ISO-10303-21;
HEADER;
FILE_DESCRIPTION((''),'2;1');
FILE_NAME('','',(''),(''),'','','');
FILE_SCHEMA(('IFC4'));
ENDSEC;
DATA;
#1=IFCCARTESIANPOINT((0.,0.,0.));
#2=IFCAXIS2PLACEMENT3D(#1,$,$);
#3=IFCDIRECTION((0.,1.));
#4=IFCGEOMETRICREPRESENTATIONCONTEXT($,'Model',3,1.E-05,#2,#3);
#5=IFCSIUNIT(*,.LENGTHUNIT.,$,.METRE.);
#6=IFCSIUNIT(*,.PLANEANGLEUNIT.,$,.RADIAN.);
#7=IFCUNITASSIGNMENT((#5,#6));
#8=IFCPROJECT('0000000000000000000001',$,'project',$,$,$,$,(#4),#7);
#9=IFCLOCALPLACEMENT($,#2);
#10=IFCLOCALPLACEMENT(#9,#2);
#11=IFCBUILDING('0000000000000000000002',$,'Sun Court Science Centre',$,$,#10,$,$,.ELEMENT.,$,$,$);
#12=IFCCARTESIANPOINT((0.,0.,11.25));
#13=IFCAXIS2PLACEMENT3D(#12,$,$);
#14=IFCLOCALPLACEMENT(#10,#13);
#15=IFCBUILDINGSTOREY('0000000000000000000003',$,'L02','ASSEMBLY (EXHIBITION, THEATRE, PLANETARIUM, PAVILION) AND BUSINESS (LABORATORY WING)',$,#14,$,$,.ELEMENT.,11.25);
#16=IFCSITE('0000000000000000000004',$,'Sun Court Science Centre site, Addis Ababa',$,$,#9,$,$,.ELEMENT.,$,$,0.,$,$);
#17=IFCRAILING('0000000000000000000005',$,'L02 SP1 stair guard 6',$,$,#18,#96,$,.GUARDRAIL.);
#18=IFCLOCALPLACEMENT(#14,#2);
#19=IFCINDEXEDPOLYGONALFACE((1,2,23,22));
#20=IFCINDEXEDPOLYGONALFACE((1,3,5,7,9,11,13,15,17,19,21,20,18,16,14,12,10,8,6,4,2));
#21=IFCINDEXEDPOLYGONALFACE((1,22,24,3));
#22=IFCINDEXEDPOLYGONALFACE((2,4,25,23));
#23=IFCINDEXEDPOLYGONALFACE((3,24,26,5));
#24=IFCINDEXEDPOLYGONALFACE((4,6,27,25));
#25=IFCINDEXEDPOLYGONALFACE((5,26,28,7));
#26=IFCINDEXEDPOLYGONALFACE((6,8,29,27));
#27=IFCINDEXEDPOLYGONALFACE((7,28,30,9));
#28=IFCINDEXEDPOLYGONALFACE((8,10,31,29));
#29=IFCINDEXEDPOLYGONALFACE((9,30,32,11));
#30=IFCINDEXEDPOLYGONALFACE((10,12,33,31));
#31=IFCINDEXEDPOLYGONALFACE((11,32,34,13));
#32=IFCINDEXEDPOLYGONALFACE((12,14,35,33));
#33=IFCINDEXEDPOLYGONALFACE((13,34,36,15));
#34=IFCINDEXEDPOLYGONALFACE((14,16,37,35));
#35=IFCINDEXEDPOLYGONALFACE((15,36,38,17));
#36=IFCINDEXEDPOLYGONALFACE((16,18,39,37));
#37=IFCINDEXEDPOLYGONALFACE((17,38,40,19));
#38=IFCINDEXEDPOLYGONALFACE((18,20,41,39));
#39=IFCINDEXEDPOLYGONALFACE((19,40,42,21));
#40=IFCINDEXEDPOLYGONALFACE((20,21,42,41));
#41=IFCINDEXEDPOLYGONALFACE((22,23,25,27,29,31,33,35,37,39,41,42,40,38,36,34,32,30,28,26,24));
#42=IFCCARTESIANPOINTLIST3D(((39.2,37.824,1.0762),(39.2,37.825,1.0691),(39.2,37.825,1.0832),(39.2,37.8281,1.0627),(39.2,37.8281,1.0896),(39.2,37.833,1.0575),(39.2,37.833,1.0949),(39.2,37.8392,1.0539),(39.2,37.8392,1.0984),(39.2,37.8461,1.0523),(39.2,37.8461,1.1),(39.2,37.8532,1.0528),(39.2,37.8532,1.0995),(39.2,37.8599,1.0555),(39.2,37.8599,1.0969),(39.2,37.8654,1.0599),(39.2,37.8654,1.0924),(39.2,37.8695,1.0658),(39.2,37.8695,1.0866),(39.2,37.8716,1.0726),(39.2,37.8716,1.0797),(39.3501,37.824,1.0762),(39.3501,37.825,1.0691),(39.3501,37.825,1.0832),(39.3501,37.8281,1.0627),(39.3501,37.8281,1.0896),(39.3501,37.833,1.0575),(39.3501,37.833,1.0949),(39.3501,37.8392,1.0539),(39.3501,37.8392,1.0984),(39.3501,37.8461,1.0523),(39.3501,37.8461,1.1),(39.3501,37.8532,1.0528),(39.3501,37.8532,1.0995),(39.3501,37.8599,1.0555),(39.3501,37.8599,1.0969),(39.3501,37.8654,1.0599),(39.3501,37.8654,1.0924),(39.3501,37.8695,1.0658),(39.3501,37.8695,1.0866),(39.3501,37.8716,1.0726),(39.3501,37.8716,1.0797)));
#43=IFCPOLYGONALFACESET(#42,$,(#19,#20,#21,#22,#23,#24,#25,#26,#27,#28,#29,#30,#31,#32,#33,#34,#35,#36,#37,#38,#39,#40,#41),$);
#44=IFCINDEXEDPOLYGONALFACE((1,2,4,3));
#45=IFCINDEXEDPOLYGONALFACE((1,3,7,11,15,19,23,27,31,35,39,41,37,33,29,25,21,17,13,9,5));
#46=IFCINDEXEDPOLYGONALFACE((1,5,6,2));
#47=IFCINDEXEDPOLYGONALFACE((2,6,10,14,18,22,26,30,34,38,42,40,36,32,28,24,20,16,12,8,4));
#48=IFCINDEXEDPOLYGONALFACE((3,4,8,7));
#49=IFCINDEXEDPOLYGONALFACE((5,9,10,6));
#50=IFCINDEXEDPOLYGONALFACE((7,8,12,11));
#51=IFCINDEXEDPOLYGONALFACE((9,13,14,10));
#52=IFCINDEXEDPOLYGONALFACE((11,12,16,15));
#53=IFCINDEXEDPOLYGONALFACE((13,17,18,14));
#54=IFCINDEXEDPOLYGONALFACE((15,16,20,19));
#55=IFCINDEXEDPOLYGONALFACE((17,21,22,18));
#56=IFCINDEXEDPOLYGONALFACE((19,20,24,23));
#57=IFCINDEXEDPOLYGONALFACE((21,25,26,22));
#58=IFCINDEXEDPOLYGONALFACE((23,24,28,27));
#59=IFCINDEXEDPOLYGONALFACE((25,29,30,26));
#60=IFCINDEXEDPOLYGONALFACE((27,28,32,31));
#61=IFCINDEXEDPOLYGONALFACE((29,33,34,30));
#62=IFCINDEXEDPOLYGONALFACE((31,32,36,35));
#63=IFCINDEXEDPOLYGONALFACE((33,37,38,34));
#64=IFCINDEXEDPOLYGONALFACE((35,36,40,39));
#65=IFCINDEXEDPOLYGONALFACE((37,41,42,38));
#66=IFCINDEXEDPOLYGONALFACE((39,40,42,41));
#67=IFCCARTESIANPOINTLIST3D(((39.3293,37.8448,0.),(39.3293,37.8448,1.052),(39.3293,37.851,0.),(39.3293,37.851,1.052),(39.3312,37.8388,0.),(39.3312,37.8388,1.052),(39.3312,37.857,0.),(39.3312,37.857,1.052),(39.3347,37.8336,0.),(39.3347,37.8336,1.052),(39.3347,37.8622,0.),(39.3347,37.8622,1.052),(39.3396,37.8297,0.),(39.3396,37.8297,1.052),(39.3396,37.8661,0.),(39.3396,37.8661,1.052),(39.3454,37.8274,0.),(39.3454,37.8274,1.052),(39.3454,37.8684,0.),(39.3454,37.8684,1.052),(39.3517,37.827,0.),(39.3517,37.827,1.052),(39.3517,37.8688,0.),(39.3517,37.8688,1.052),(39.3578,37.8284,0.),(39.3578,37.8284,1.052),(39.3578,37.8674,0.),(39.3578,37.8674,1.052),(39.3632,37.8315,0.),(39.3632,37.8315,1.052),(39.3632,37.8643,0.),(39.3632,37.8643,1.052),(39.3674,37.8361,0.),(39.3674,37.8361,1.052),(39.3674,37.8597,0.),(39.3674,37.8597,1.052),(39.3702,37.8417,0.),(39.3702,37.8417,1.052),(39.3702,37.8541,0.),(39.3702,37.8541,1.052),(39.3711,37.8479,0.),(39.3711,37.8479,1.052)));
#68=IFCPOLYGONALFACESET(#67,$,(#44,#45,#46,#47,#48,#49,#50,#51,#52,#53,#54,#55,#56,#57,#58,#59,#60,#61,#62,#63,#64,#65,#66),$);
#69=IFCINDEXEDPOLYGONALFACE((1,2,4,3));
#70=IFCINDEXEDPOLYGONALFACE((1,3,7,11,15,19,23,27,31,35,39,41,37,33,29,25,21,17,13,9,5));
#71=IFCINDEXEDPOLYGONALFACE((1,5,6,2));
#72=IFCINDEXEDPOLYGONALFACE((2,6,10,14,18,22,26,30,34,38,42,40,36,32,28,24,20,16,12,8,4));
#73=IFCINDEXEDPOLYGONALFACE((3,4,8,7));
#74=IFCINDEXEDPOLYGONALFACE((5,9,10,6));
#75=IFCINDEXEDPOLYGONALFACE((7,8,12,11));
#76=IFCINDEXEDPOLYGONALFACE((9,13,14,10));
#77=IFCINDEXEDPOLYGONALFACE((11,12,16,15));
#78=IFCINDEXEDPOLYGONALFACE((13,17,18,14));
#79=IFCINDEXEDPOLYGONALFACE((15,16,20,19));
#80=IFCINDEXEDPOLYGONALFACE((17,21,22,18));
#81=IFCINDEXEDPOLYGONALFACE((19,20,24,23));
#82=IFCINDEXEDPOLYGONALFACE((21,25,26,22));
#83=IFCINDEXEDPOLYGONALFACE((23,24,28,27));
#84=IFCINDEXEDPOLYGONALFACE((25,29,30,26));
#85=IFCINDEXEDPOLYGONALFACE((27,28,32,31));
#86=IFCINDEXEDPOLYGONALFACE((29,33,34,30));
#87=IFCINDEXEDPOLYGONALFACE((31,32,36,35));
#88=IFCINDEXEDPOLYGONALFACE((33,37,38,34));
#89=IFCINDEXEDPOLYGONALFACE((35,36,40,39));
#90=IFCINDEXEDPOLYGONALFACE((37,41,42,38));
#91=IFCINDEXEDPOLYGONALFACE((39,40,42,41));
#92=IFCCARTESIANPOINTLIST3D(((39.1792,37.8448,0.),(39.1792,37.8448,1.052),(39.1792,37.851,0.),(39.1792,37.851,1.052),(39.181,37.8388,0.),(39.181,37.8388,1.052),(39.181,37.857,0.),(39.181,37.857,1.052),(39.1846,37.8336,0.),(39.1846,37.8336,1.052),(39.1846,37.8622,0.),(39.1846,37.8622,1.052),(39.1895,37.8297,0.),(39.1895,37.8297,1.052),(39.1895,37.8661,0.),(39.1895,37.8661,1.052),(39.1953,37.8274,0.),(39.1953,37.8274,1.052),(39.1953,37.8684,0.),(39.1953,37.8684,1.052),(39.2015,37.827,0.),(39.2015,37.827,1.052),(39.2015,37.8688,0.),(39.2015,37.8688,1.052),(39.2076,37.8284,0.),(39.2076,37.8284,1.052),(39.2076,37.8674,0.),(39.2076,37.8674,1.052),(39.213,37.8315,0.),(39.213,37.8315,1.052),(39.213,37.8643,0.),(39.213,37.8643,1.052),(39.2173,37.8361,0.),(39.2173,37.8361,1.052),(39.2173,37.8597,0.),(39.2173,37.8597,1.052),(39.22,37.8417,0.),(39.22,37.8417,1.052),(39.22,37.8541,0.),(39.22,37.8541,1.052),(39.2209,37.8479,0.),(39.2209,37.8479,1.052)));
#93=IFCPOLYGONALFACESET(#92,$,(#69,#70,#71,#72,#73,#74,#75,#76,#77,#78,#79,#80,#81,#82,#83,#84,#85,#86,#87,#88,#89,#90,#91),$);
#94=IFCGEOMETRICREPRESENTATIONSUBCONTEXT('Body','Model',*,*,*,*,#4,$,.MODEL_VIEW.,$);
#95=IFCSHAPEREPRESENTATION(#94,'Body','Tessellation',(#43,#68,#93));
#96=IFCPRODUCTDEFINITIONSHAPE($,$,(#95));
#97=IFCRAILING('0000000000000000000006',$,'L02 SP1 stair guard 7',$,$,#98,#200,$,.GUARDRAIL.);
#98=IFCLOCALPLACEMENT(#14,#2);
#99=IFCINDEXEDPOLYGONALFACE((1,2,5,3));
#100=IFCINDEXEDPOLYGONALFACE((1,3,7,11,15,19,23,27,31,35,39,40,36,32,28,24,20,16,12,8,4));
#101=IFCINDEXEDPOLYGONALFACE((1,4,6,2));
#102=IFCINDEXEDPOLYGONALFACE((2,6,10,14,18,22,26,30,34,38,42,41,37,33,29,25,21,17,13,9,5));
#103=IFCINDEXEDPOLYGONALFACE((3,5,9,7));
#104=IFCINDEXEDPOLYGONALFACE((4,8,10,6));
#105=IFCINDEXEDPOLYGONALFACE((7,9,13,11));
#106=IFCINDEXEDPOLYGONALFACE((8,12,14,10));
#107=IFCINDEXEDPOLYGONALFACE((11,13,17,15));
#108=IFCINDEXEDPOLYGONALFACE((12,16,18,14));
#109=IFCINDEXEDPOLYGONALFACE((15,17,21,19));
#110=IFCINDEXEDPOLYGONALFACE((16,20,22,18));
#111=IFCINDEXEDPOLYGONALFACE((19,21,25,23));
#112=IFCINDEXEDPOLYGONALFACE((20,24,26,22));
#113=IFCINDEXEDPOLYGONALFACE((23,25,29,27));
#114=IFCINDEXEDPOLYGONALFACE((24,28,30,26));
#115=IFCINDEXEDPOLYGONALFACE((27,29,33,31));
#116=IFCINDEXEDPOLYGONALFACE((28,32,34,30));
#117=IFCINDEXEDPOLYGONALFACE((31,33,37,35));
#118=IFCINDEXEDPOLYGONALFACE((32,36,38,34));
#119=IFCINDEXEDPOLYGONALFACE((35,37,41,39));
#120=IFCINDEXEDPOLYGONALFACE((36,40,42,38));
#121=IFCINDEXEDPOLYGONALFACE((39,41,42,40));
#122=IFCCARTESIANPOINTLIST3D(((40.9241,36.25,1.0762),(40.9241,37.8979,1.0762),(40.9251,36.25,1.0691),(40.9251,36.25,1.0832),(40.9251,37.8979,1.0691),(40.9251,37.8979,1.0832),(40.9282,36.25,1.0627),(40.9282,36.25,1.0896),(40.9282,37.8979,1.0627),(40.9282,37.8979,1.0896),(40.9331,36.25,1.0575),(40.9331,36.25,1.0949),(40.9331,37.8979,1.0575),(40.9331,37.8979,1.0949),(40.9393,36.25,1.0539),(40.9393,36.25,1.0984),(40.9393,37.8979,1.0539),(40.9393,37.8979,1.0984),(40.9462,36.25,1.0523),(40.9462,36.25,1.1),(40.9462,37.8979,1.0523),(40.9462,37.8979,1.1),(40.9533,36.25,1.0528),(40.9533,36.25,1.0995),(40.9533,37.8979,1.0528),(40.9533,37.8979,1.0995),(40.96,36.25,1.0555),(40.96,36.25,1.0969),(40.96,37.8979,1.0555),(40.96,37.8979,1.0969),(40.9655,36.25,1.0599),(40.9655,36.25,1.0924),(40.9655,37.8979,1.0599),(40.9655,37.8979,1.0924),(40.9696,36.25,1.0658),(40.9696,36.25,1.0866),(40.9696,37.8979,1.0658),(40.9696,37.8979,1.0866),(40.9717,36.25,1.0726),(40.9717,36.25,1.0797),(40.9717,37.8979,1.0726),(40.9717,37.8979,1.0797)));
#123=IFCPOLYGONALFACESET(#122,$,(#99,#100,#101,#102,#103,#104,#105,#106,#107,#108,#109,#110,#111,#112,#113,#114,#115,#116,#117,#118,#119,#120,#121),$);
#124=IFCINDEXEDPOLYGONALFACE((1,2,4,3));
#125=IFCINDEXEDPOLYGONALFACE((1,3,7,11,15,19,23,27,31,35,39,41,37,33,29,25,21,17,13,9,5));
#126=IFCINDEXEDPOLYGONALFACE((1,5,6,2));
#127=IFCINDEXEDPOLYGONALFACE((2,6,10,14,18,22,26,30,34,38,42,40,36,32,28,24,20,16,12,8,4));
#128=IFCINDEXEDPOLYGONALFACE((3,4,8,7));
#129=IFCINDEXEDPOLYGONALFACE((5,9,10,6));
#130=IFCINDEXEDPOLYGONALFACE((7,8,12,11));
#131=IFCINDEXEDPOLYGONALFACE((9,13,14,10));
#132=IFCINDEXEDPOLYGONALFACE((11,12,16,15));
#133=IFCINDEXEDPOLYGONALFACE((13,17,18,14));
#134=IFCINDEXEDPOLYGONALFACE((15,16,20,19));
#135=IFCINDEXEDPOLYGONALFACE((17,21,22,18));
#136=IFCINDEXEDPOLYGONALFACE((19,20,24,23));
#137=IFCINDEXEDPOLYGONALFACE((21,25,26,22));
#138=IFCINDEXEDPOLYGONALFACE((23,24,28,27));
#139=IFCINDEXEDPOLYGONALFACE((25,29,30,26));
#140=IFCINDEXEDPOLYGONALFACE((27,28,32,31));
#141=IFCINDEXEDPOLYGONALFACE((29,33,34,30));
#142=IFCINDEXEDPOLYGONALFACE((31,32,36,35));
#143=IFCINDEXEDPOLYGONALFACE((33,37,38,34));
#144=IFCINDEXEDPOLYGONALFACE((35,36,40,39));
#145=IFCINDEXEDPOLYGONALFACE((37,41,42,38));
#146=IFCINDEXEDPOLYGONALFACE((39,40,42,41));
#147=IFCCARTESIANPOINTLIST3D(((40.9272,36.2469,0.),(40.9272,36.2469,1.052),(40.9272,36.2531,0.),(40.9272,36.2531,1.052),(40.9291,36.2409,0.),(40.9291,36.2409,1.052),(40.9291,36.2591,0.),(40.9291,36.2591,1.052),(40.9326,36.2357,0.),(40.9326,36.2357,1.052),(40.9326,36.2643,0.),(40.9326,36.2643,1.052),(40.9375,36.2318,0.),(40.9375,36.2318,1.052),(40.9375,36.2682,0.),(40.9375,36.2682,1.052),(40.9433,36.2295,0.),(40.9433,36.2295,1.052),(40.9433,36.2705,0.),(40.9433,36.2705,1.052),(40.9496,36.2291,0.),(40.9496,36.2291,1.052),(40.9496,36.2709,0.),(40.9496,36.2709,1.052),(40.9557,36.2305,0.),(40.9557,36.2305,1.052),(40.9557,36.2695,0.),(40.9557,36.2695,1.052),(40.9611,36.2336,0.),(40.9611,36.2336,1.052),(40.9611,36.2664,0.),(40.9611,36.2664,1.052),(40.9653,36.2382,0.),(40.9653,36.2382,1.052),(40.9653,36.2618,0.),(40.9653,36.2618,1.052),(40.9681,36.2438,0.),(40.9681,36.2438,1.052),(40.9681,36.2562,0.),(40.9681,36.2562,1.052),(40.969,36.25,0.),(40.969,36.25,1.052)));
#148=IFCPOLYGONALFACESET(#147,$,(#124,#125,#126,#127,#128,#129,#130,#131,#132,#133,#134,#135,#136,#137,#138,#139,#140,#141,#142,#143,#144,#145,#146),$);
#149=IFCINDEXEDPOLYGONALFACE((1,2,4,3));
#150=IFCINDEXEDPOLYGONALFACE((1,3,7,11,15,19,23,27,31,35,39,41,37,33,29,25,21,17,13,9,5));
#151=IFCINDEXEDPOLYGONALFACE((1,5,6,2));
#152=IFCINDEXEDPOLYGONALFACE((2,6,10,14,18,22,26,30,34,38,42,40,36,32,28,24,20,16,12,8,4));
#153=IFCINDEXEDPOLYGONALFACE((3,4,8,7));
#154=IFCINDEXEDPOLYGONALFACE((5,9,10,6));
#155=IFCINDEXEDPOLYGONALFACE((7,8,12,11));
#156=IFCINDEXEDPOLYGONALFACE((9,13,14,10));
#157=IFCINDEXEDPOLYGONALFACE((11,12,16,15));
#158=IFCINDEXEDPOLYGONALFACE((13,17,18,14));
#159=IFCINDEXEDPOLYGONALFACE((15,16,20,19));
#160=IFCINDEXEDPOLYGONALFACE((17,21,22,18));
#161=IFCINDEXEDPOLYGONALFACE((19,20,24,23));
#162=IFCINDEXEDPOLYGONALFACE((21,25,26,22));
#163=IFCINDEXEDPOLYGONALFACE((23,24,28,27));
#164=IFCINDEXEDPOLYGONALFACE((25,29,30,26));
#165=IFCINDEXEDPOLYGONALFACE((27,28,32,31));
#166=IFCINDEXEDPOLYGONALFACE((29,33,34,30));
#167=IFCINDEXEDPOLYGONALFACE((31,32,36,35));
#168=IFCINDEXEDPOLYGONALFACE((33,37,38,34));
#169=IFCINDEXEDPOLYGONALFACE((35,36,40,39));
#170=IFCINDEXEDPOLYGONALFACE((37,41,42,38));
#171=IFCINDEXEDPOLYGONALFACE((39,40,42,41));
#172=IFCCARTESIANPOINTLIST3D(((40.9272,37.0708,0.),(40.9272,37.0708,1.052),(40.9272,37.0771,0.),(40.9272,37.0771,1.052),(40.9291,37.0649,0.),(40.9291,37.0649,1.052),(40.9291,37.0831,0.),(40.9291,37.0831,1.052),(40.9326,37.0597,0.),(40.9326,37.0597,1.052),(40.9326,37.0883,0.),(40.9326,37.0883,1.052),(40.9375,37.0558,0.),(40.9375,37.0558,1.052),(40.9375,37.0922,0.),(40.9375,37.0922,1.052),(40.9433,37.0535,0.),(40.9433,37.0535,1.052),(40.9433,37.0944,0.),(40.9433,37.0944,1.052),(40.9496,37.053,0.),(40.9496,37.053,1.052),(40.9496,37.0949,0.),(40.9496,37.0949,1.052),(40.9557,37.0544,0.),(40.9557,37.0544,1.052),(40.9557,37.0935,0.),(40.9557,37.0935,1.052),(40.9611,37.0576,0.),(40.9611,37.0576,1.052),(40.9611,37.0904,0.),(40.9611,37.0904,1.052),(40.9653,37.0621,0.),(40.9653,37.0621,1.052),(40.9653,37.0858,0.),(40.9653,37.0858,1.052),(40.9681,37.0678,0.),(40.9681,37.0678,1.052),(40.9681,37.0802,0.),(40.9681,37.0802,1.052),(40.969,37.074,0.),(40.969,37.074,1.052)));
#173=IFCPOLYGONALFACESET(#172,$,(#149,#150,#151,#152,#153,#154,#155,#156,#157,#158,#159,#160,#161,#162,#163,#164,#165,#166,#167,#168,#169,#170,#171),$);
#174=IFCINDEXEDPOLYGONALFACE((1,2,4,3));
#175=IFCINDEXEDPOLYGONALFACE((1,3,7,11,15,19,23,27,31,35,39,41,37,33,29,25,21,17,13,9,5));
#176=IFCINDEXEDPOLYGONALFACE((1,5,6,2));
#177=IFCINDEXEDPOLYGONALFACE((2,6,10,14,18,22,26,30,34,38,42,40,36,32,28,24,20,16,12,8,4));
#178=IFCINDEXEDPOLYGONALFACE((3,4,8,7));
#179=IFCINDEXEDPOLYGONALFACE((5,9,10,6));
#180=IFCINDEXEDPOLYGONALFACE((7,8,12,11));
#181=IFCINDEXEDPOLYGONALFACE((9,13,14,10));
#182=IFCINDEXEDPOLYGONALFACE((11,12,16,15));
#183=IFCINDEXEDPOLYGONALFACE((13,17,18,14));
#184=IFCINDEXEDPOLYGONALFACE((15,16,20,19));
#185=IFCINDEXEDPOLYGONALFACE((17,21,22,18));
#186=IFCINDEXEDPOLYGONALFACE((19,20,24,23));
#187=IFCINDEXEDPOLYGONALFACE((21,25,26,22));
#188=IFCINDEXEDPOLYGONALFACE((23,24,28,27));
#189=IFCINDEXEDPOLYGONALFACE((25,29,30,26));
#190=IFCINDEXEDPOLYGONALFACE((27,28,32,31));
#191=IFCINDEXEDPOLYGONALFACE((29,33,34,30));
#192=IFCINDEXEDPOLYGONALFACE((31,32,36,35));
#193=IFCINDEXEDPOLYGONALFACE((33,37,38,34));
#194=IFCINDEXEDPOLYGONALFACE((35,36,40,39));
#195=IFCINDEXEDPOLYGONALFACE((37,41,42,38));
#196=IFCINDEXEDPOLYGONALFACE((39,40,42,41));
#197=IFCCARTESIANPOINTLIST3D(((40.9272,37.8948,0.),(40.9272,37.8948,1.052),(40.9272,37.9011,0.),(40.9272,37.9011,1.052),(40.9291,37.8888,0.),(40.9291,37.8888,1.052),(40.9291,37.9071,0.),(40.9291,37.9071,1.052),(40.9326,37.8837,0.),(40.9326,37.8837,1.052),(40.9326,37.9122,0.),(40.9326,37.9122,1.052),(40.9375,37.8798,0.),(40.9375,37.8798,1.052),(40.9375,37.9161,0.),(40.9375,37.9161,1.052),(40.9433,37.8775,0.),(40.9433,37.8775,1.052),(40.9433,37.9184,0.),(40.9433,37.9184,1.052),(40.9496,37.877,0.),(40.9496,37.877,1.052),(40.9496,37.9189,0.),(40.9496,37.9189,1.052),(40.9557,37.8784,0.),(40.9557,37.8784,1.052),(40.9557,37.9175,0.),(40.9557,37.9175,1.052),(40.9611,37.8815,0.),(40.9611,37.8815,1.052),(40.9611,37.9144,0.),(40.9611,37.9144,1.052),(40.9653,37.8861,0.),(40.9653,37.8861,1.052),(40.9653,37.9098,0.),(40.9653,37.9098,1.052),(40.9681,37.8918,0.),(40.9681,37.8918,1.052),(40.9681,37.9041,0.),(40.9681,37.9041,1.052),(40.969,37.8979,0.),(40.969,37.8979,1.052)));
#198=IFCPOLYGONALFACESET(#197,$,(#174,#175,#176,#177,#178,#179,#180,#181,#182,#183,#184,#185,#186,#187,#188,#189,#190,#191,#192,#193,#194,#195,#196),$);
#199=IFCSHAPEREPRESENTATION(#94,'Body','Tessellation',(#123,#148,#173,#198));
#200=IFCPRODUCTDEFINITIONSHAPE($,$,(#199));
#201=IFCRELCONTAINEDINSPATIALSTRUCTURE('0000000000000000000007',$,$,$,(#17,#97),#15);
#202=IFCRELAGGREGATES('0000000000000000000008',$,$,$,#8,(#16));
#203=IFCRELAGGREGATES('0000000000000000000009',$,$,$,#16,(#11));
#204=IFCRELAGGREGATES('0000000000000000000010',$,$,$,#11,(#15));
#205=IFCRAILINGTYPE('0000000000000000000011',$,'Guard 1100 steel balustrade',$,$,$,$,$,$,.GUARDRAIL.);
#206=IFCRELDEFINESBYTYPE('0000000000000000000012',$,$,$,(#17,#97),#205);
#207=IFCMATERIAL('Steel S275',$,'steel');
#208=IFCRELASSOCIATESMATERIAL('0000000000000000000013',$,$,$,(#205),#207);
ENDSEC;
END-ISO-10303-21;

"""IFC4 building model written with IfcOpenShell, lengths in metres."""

from ifc_helpers import new_model, si_unit, direction, frame, origin, origin_2d, place, context, subcontext, project, spatial, circle, extrude, material, type_object, element, save


model = new_model("IFC4")

# Units and contexts
model_context = context("Model", 3, precision=1e-05, world=origin(), true_north=direction((0.0, 1.0)))
body_context = subcontext(model_context, "Body", "Model", "MODEL_VIEW")
ifc_project = project(units=[si_unit("LENGTHUNIT", "METRE"), si_unit("PLANEANGLEUNIT", "RADIAN")], contexts=[model_context])

# Site, building, storey
site_placement = place(None, origin())
site = spatial("IfcSite", under=ifc_project, at=site_placement, Name="Sun Court Science Centre site, Addis Ababa", CompositionType="ELEMENT", RefElevation=0.0)
building_placement = place(site_placement, origin())
building = spatial("IfcBuilding", under=site, at=building_placement, Name="Sun Court Science Centre", CompositionType="ELEMENT")
storey_placement = place(building_placement, frame((0.0, 0.0, 11.25)))
storey = spatial("IfcBuildingStorey", under=building, at=storey_placement, Name="L02", Description="ASSEMBLY (EXHIBITION, THEATRE, PLANETARIUM, PAVILION) AND BUSINESS (LABORATORY WING)", CompositionType="ELEMENT", Elevation=11.25)

# Railings
ifc_material_1 = material(Name="Steel S275", Category="steel")
railing_type_1 = type_object("IfcRailingType", Name="Guard 1100 steel balustrade", PredefinedType="GUARDRAIL", material=ifc_material_1)
railing_1_placement = place(storey_placement, frame((39.3501, 37.8479, 0.0)))
element("IfcRailing", 1, at=railing_1_placement, inside=storey, type_object=railing_type_1, Name="L02 SP1 stair guard 6", PredefinedType="GUARDRAIL", context=body_context, shape_type="SweptSolid", body=[
    extrude(circle(Radius=0.0239, at=origin_2d()), frame((0.0, 0.0, 1.0762), z_axis=(-1.0, 0.0, 0.0), x_axis=(0.0, -1.0, 0.0)), (0.0, 0.0, 1.0), 0.1501),
    extrude(circle(Radius=0.021, at=origin_2d()), origin(), (0.0, 0.0, 1.0), 1.052),
    extrude(circle(Radius=0.021, at=origin_2d()), frame((-0.1501, 0.0, 0.0)), (0.0, 0.0, 1.0), 1.052),
])
for number, where, name in (
    (2, (40.948, 36.25, 0.0), "L02 SP1 stair guard 7"),
):
    element("IfcRailing", number, at=place(storey_placement, frame(where)), inside=storey, type_object=railing_type_1, Name=name, PredefinedType="GUARDRAIL", context=body_context, shape_type="SweptSolid", body=[
        extrude(circle(Radius=0.0239, at=origin_2d()), frame((0.0, 0.0, 1.0762), z_axis=(0.0, 1.0, 0.0), x_axis=(-1.0, 0.0, 0.0)), (0.0, 0.0, 1.0), 1.6479),
        extrude(circle(Radius=0.021, at=origin_2d()), origin(), (0.0, 0.0, 1.0), 1.052),
        extrude(circle(Radius=0.021, at=origin_2d()), frame((0.0, 0.824, 0.0)), (0.0, 0.0, 1.0), 1.052),
        extrude(circle(Radius=0.021, at=origin_2d()), frame((0.0, 1.6479, 0.0)), (0.0, 0.0, 1.0), 1.052),
    ])

save(model, "model.ifc")
